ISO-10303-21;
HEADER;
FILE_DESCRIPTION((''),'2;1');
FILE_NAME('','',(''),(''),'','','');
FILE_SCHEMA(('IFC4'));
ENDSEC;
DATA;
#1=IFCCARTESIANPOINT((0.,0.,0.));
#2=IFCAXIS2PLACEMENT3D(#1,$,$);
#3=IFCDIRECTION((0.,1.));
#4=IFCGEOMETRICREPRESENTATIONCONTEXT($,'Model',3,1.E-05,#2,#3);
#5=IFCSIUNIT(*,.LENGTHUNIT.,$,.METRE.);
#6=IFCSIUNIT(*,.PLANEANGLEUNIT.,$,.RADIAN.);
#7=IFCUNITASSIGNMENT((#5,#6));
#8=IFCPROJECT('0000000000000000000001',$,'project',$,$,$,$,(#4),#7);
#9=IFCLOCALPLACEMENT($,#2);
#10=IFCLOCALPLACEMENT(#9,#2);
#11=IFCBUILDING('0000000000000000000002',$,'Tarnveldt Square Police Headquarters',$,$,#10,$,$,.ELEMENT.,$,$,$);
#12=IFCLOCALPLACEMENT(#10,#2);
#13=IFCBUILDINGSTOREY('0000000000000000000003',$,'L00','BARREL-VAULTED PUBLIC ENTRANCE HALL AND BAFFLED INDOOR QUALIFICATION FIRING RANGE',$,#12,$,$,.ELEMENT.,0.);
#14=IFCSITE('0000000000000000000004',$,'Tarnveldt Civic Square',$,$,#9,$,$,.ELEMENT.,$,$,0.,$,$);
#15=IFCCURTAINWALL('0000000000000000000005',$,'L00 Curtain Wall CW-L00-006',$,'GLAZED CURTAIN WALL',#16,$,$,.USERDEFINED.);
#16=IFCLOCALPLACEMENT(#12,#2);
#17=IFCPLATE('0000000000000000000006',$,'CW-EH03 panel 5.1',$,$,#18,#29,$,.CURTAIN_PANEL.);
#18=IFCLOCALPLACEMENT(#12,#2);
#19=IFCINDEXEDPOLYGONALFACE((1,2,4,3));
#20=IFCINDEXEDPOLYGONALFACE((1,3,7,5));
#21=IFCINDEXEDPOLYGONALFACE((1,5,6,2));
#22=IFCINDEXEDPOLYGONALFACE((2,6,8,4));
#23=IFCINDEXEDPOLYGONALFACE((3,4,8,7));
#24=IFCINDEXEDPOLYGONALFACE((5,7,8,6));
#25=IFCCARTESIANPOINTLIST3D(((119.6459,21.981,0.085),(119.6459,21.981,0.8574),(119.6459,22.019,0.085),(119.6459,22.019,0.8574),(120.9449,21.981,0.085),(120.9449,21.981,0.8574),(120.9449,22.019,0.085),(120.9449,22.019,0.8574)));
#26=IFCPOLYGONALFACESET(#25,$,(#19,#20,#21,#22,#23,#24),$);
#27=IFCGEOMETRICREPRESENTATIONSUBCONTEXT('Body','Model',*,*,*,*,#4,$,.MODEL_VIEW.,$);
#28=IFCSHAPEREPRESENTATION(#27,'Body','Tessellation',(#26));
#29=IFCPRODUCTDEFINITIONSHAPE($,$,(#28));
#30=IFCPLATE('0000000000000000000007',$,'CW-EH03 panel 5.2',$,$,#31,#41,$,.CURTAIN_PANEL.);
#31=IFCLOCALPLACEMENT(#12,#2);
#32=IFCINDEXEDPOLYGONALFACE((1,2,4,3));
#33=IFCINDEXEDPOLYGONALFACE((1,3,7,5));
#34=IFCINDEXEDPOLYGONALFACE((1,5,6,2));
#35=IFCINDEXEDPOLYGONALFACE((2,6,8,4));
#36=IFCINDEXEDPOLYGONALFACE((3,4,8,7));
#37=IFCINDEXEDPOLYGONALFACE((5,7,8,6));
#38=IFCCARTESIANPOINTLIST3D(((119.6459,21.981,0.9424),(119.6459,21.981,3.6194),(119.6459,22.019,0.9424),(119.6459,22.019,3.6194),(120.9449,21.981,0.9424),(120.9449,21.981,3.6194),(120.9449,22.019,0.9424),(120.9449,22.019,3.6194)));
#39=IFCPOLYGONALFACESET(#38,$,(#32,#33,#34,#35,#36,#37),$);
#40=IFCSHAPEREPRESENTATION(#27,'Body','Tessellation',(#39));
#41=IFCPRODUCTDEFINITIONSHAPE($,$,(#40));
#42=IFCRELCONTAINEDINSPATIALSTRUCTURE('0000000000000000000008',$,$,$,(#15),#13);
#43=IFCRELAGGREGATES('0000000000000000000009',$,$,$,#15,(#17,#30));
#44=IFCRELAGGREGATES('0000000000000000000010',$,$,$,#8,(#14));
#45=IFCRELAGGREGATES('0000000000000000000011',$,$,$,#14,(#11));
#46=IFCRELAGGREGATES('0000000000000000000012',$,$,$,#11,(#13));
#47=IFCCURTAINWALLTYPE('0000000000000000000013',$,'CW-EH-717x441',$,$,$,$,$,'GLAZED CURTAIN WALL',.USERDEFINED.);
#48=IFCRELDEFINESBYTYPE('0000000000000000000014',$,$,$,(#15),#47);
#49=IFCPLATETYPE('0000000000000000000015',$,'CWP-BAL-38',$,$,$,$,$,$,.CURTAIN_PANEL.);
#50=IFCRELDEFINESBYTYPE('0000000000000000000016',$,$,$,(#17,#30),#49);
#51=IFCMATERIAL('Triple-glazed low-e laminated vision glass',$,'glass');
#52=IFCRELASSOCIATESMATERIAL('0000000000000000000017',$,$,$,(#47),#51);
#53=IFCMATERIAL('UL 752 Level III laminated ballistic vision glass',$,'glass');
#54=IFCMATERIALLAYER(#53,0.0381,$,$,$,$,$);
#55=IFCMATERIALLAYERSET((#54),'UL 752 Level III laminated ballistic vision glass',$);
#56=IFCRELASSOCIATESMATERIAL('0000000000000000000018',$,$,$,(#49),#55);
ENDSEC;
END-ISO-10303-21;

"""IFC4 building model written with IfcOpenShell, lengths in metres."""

from ifc_helpers import new_model, si_unit, direction, frame, origin, origin_2d, place, context, subcontext, project, spatial, rectangle, extrude, material, layer, layer_set, type_object, element, aggregate, save


model = new_model("IFC4")

# Units and contexts
model_context = context("Model", 3, precision=1e-05, world=origin(), true_north=direction((0.0, 1.0)))
body_context = subcontext(model_context, "Body", "Model", "MODEL_VIEW")
ifc_project = project(units=[si_unit("LENGTHUNIT", "METRE"), si_unit("PLANEANGLEUNIT", "RADIAN")], contexts=[model_context])

# Site, building, storey
site_placement = place(None, origin())
site = spatial("IfcSite", under=ifc_project, at=site_placement, Name="Tarnveldt Civic Square", CompositionType="ELEMENT", RefElevation=0.0)
building_placement = place(site_placement, origin())
building = spatial("IfcBuilding", under=site, at=building_placement, Name="Tarnveldt Square Police Headquarters", CompositionType="ELEMENT")
storey_placement = place(building_placement, origin())
storey = spatial("IfcBuildingStorey", under=building, at=storey_placement, Name="L00", Description="BARREL-VAULTED PUBLIC ENTRANCE HALL AND BAFFLED INDOOR QUALIFICATION FIRING RANGE", CompositionType="ELEMENT", Elevation=0.0)

# Curtain wall, plates
ifc_material_1 = material(Name="Triple-glazed low-e laminated vision glass", Category="glass")
curtain_wall_type = type_object("IfcCurtainWallType", Name="CW-EH-717x441", ElementType="GLAZED CURTAIN WALL", PredefinedType="USERDEFINED", material=ifc_material_1)
curtain_wall_placement = place(storey_placement, origin())
curtain_wall = element("IfcCurtainWall", 1, at=curtain_wall_placement, inside=storey, type_object=curtain_wall_type, Name="L00 Curtain Wall CW-L00-006", ObjectType="GLAZED CURTAIN WALL", PredefinedType="USERDEFINED")
ifc_material_2 = material(Name="UL 752 Level III laminated ballistic vision glass", Category="glass")
ifc_layer = layer(ifc_material_2, 0.0381)
ifc_layer_set = layer_set([ifc_layer], Name="UL 752 Level III laminated ballistic vision glass")
plate_type = type_object("IfcPlateType", Name="CWP-BAL-38", PredefinedType="CURTAIN_PANEL", material=ifc_layer_set)
plate_1_placement = place(storey_placement, frame((120.2954, 22.0, 0.085), z_axis=(0.0, 0.0, 1.0), x_axis=(1.0, 0.0, 0.0)))
plate_1 = element("IfcPlate", 2, at=plate_1_placement, type_object=plate_type, Name="CW-EH03 panel 5.1", PredefinedType="CURTAIN_PANEL", context=body_context, shape_type="SweptSolid", body=[
    extrude(rectangle(XDim=1.2991, YDim=0.0381, at=origin_2d()), origin(), (0.0, 0.0, 1.0), 0.7725),
])
plate_2_placement = place(storey_placement, frame((120.2954, 22.0, 0.9424), z_axis=(0.0, 0.0, 1.0), x_axis=(1.0, 0.0, 0.0)))
plate_2 = element("IfcPlate", 3, at=plate_2_placement, type_object=plate_type, Name="CW-EH03 panel 5.2", PredefinedType="CURTAIN_PANEL", context=body_context, shape_type="SweptSolid", body=[
    extrude(rectangle(XDim=1.2991, YDim=0.0381, at=origin_2d()), origin(), (0.0, 0.0, 1.0), 2.677),
])
aggregate(curtain_wall, [plate_1, plate_2])

save(model, "model.ifc")
